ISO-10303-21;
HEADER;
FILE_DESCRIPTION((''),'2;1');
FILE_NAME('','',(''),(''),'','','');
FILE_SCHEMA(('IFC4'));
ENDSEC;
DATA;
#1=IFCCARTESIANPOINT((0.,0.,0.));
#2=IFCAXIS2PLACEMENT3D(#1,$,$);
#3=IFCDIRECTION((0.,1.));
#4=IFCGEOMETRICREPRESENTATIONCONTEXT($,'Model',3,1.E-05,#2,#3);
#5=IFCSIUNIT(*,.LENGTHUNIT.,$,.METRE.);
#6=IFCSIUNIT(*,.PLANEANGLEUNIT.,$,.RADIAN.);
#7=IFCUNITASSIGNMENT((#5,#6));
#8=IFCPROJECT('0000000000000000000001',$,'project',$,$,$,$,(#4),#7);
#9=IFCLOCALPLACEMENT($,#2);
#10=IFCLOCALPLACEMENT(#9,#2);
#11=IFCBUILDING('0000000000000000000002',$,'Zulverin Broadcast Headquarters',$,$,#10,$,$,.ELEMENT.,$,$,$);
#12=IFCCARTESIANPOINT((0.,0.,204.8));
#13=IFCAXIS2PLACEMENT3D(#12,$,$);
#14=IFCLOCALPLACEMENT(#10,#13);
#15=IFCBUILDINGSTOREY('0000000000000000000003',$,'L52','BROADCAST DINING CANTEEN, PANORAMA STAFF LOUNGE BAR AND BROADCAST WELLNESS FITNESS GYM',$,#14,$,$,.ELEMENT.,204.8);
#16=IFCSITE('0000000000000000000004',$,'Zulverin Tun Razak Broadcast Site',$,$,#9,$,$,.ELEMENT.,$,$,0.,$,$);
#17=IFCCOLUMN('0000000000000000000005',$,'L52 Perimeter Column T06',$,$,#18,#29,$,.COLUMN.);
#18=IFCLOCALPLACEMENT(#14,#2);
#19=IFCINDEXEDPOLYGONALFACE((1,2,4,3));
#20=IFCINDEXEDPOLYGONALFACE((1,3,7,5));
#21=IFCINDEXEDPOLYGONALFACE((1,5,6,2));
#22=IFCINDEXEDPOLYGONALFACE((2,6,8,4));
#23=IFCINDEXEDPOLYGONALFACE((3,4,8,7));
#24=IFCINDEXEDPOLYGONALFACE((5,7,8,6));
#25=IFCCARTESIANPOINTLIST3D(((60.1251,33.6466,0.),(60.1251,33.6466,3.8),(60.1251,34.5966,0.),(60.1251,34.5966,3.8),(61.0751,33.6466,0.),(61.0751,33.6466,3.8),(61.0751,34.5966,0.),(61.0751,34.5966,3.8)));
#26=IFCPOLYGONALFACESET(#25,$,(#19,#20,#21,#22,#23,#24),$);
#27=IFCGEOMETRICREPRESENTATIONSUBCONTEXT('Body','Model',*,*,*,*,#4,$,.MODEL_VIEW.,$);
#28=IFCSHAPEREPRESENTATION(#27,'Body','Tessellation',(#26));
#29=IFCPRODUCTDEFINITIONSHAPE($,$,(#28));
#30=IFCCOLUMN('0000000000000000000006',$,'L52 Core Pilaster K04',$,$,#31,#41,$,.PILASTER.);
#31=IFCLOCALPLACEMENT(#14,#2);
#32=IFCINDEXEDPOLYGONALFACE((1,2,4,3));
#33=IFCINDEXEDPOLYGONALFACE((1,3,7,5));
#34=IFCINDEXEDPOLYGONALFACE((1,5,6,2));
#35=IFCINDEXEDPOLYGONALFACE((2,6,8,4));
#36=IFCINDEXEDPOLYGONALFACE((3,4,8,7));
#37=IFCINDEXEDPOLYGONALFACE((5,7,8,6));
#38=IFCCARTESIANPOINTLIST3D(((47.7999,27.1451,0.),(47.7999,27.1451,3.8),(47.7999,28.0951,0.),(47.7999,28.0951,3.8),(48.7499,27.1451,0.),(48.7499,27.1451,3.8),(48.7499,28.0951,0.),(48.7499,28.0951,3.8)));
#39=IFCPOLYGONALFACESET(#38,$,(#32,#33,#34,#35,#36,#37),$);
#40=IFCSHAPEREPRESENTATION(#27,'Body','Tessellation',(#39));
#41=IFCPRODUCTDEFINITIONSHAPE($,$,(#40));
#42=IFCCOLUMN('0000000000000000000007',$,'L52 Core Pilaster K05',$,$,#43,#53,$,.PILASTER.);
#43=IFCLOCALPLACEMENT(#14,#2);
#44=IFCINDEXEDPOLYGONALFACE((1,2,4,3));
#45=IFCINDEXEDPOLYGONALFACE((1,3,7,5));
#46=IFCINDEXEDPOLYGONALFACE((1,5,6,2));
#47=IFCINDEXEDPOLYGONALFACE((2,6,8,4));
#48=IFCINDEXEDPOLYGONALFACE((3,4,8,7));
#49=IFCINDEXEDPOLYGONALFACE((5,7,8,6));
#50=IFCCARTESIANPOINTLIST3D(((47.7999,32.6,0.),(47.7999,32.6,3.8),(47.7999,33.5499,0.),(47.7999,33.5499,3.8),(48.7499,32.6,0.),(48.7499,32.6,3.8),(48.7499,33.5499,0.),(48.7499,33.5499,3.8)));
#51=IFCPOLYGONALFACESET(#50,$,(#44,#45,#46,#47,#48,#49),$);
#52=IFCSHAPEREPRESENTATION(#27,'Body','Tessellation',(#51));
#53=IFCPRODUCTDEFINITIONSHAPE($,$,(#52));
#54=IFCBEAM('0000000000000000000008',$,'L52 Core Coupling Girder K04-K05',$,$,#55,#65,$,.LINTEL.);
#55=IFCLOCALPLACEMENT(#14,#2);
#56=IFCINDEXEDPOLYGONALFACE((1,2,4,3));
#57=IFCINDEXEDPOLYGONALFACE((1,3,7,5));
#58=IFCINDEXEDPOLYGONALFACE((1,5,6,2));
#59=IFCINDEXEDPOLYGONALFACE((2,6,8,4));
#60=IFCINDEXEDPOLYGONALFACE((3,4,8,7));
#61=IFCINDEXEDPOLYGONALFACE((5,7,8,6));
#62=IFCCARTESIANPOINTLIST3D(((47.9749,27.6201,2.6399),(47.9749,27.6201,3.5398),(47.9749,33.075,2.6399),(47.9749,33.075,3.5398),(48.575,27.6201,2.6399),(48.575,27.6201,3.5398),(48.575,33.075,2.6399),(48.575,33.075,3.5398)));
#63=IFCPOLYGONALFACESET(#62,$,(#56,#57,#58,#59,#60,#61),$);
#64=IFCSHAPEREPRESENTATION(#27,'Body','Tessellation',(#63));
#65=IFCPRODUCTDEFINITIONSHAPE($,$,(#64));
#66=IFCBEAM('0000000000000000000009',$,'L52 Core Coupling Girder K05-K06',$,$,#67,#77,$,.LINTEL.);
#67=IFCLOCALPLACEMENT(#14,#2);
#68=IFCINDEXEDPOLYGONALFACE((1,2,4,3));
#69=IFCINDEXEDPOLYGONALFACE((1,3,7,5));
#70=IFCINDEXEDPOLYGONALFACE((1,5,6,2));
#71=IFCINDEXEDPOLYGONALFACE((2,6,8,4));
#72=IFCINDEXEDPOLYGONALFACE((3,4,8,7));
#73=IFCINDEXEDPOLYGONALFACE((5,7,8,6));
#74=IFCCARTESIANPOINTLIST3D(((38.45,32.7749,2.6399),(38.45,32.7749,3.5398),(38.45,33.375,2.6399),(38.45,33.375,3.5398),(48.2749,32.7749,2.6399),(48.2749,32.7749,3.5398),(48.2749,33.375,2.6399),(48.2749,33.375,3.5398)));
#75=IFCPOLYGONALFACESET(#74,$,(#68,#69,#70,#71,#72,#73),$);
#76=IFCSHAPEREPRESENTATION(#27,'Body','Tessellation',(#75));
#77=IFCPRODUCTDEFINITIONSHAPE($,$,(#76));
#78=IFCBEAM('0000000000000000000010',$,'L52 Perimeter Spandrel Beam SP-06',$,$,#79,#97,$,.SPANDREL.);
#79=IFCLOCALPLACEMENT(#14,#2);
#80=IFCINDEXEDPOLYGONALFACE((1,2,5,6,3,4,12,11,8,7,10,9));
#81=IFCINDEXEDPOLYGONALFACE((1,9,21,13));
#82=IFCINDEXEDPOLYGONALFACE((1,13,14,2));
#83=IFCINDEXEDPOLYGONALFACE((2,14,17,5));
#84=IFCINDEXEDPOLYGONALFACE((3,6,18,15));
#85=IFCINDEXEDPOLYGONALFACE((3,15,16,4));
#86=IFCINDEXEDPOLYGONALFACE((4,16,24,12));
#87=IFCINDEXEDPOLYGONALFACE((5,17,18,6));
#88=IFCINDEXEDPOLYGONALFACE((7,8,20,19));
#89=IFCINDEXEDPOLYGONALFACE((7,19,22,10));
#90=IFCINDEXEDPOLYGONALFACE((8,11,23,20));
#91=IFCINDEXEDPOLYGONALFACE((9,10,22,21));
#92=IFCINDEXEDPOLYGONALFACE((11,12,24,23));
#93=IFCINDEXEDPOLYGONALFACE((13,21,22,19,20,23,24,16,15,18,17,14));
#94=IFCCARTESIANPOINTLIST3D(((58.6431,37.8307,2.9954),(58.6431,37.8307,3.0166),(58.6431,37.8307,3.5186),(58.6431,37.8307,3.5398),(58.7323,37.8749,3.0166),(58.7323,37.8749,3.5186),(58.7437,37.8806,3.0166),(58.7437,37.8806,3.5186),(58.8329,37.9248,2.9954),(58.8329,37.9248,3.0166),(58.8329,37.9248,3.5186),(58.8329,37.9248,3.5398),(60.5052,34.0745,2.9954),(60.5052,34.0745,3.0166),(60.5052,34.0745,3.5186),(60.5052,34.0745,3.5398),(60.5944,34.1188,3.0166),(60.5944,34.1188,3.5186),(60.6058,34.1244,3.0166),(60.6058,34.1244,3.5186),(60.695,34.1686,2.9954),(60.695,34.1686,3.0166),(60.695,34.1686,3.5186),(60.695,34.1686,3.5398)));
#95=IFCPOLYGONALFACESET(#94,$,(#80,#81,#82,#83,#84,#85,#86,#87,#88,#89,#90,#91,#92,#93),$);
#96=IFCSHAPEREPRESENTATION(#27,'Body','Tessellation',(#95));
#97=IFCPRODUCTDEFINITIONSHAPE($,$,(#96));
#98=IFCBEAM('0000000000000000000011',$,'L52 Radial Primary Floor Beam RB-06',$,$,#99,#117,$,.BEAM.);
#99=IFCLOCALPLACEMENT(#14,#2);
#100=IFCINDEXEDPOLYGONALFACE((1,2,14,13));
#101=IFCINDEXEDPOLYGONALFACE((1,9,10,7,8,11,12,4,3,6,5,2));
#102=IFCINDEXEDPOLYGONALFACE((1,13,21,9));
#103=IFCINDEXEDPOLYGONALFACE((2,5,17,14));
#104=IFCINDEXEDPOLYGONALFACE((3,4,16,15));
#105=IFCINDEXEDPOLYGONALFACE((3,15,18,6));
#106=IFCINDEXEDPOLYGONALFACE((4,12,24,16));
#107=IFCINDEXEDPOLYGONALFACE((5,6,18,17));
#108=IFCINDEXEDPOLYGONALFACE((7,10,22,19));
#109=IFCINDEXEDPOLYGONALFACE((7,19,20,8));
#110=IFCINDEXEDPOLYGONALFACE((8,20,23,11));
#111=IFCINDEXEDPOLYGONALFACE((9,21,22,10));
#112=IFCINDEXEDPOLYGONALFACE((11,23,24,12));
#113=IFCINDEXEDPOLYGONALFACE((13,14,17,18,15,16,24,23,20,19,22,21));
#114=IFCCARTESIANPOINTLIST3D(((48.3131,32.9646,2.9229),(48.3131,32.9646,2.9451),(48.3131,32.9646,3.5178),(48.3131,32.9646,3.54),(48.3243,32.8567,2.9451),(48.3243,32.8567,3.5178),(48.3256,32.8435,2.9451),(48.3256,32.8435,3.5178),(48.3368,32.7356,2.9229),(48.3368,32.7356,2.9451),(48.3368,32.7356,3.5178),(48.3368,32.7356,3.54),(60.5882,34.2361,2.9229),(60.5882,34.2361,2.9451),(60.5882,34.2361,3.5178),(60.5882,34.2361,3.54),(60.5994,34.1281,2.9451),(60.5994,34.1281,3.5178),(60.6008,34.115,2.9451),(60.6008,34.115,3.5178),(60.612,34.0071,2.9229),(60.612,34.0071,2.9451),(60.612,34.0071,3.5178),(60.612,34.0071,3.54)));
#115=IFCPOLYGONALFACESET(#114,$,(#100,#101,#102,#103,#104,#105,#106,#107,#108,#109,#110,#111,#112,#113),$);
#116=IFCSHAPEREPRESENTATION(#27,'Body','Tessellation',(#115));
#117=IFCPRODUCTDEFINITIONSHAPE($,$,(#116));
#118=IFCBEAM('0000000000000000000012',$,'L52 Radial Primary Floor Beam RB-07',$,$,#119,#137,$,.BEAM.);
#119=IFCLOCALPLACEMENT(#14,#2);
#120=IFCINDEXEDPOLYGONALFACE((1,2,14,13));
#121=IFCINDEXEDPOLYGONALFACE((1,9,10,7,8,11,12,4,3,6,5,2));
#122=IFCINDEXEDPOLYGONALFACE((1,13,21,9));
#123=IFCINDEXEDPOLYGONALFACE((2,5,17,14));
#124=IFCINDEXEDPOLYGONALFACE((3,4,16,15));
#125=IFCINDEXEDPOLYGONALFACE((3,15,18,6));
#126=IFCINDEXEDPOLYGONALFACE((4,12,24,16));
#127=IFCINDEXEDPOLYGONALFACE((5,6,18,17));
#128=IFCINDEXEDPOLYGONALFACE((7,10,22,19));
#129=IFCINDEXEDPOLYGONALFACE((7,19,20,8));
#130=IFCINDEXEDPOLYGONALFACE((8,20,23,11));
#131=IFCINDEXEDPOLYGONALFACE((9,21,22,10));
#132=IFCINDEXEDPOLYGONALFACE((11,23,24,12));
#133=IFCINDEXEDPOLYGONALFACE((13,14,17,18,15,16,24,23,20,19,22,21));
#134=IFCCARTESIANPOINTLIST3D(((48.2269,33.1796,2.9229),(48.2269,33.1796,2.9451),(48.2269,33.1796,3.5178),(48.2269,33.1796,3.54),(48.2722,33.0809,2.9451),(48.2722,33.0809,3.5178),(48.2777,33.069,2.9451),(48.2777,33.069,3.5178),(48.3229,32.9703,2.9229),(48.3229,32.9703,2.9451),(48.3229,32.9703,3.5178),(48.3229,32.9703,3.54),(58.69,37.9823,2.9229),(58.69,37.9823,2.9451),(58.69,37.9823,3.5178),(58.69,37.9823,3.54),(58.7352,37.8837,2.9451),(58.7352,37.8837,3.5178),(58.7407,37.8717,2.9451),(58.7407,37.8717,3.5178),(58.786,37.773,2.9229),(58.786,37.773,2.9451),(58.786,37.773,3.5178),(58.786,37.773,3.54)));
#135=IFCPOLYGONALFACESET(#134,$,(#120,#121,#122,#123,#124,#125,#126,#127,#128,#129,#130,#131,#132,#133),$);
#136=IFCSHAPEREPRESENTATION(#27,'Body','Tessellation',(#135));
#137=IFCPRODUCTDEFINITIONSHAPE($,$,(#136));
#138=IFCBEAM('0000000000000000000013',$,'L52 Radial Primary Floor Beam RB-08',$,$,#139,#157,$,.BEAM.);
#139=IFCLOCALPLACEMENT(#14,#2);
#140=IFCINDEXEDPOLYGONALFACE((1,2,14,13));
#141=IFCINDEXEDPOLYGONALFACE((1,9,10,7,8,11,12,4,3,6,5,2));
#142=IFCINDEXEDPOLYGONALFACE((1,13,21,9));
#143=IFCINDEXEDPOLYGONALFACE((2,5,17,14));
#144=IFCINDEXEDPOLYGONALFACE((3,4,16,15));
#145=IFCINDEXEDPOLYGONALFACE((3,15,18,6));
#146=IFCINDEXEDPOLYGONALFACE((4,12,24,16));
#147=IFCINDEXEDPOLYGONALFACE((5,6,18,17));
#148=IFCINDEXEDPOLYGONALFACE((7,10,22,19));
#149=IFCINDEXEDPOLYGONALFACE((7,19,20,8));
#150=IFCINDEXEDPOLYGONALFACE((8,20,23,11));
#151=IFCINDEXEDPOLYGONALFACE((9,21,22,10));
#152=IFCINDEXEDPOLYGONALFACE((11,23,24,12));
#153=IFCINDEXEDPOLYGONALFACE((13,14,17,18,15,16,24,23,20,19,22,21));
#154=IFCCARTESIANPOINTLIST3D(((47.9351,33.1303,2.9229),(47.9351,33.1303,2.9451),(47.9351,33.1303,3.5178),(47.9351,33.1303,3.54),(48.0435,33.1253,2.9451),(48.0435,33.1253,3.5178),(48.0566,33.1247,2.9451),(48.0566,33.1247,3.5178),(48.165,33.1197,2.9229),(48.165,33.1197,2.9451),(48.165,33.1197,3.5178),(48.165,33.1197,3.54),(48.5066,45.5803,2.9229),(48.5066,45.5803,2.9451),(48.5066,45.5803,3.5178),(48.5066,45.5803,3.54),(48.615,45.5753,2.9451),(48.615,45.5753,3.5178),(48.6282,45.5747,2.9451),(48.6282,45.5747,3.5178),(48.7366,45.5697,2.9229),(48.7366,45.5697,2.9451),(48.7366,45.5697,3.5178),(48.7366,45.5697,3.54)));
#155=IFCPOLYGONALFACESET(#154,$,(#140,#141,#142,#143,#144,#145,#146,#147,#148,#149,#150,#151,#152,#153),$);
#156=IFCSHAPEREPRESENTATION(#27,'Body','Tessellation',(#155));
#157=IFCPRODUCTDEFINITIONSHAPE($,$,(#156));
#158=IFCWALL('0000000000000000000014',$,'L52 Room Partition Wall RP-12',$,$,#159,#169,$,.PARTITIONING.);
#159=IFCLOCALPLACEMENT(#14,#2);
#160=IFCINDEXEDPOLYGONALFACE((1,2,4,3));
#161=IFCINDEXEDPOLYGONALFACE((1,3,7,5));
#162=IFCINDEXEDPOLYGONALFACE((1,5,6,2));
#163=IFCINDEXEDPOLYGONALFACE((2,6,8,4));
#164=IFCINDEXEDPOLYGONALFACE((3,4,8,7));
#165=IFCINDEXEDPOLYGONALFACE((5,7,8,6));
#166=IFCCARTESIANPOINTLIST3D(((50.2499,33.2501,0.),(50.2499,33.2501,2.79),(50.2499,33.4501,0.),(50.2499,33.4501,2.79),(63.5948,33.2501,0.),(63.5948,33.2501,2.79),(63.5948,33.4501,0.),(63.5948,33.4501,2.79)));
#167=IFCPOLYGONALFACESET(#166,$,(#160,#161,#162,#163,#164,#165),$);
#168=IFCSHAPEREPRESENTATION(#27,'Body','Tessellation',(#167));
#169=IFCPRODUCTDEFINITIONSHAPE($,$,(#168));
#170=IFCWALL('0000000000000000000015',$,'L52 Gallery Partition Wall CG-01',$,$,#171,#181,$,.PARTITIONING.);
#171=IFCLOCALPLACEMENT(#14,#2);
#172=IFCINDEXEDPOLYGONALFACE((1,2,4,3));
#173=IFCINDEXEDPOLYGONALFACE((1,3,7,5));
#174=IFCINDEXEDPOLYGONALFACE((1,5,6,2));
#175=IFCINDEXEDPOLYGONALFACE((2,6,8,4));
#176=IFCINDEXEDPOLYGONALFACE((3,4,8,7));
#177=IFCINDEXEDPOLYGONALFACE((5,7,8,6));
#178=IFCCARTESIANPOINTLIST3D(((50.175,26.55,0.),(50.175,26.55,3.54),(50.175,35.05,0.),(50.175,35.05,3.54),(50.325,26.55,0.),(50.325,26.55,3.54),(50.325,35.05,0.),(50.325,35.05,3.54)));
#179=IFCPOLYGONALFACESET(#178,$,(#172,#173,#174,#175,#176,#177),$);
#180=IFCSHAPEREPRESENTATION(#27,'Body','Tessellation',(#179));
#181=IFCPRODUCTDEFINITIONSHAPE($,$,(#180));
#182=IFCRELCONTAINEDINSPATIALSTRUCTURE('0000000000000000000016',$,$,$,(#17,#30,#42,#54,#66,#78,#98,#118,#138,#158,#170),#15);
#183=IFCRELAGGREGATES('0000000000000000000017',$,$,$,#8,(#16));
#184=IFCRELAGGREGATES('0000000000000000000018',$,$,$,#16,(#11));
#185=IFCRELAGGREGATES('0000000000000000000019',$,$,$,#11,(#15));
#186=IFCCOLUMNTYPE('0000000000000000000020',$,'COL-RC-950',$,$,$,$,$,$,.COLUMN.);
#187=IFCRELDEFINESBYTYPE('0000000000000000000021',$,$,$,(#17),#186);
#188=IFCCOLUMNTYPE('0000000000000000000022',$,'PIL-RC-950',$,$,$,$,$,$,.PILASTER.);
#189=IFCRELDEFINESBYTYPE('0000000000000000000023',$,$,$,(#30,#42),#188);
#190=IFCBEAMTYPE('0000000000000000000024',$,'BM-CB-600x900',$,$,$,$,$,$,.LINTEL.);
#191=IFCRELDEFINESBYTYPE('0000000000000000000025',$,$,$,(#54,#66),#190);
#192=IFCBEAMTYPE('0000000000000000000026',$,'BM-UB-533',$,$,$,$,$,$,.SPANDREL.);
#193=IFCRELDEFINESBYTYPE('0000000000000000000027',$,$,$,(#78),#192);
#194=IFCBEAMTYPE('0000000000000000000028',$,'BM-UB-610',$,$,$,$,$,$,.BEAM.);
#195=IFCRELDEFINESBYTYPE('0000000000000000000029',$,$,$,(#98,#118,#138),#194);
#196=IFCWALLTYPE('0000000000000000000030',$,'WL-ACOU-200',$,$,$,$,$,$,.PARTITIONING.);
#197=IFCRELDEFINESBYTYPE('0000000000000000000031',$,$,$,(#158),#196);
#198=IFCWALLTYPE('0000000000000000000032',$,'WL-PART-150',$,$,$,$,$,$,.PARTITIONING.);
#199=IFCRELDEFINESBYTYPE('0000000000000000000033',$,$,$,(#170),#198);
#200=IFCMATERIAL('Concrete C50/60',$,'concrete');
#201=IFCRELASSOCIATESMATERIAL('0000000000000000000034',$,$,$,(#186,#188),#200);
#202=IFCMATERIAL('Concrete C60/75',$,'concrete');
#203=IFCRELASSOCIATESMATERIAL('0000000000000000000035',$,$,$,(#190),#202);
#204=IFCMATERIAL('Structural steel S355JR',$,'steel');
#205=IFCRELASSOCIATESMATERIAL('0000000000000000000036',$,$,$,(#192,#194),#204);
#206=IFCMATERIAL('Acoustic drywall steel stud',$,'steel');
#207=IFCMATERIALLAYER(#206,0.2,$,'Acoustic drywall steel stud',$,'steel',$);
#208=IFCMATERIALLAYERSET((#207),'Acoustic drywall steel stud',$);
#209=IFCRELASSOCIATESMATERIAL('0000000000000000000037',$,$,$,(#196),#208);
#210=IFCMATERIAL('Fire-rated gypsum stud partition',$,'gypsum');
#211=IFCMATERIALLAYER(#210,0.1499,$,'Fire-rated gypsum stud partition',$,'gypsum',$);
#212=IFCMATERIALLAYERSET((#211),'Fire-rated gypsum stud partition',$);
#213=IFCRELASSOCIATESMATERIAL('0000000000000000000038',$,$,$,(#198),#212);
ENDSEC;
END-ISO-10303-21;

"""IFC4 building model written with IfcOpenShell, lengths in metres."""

from ifc_helpers import new_model, si_unit, direction, frame, frame_2d, origin, origin_2d, place, context, subcontext, project, spatial, rectangle, i_section, extrude, material, layer, layer_set, material_profile, profile_set, type_object, element, save


model = new_model("IFC4")

# Units and contexts
model_context = context("Model", 3, precision=1e-05, world=origin(), true_north=direction((0.0, 1.0)))
body_context = subcontext(model_context, "Body", "Model", "MODEL_VIEW")
ifc_project = project(units=[si_unit("LENGTHUNIT", "METRE"), si_unit("PLANEANGLEUNIT", "RADIAN")], contexts=[model_context])

# Site, building, storey
site_placement = place(None, origin())
site = spatial("IfcSite", under=ifc_project, at=site_placement, Name="Zulverin Tun Razak Broadcast Site", CompositionType="ELEMENT", RefElevation=0.0)
building_placement = place(site_placement, origin())
building = spatial("IfcBuilding", under=site, at=building_placement, Name="Zulverin Broadcast Headquarters", CompositionType="ELEMENT")
storey_placement = place(building_placement, frame((0.0, 0.0, 204.8)))
storey = spatial("IfcBuildingStorey", under=building, at=storey_placement, Name="L52", Description="BROADCAST DINING CANTEEN, PANORAMA STAFF LOUNGE BAR AND BROADCAST WELLNESS FITNESS GYM", CompositionType="ELEMENT", Elevation=204.8)

# Columns
ifc_material_1 = material(Name="Concrete C50/60", Category="concrete")
ifc_material_profile_1 = material_profile(ifc_material_1, rectangle(XDim=0.95, YDim=0.95, at=origin_2d()), Name="Concrete C50/60", Category="concrete")
ifc_profile_set_1 = profile_set([ifc_material_profile_1], Name="Concrete C50/60")
column_type_1 = type_object("IfcColumnType", Name="COL-RC-950", PredefinedType="COLUMN", material=ifc_profile_set_1)
column_placement = place(storey_placement, frame((60.6001, 34.1216, 0.0), z_axis=(0.0, 0.0, 1.0), x_axis=(1.0, 0.0, 0.0)))
element("IfcColumn", 1, at=column_placement, inside=storey, type_object=column_type_1, Name="L52 Perimeter Column T06", PredefinedType="COLUMN", context=body_context, shape_type="SweptSolid", body=[
    extrude(rectangle(XDim=0.95, YDim=0.95, at=origin_2d()), origin(), (0.0, 0.0, 1.0), 3.8),
])
ifc_material_profile_2 = material_profile(ifc_material_1, rectangle(XDim=0.95, YDim=0.95, at=origin_2d()), Name="Concrete C50/60", Category="concrete")
ifc_profile_set_2 = profile_set([ifc_material_profile_2], Name="Concrete C50/60")
column_type_2 = type_object("IfcColumnType", Name="PIL-RC-950", PredefinedType="PILASTER", material=ifc_profile_set_2)
for number, where, z_axis, x_axis, name in (
    (2, (48.2749, 27.6201, 0.0), (0.0, 0.0, 1.0), (1.0, 0.0, 0.0), "L52 Core Pilaster K04"),
    (3, (48.2749, 33.075, 0.0), (0.0, 0.0, 1.0), (1.0, 0.0, 0.0), "L52 Core Pilaster K05"),
):
    element("IfcColumn", number, at=place(storey_placement, frame(where, z_axis=z_axis, x_axis=x_axis)), inside=storey, type_object=column_type_2, Name=name, PredefinedType="PILASTER", context=body_context, shape_type="SweptSolid", body=[
        extrude(rectangle(XDim=0.95, YDim=0.95, at=origin_2d()), origin(), (0.0, 0.0, 1.0), 3.8),
    ])

# Beams
ifc_material_2 = material(Name="Concrete C60/75", Category="concrete")
ifc_material_profile_3 = material_profile(ifc_material_2, rectangle(XDim=0.6001, YDim=0.8999, at=origin_2d()), Name="Concrete C60/75", Category="concrete")
ifc_profile_set_3 = profile_set([ifc_material_profile_3], Name="Concrete C60/75")
beam_type_1 = type_object("IfcBeamType", Name="BM-CB-600x900", PredefinedType="LINTEL", material=ifc_profile_set_3)
beam_1_placement = place(storey_placement, frame((48.2749, 27.6201, 3.0898), z_axis=(0.0, 1.0, 0.0), x_axis=(-1.0, 0.0, 0.0)))
element("IfcBeam", 4, at=beam_1_placement, inside=storey, type_object=beam_type_1, Name="L52 Core Coupling Girder K04-K05", PredefinedType="LINTEL", context=body_context, shape_type="SweptSolid", body=[
    extrude(rectangle(XDim=0.6001, YDim=0.8999, at=origin_2d()), origin(), (0.0, 0.0, 1.0), 5.4548),
])
beam_2_placement = place(storey_placement, frame((48.2749, 33.075, 3.0898), z_axis=(-1.0, 0.0, 0.0), x_axis=(0.0, -1.0, 0.0)))
element("IfcBeam", 5, at=beam_2_placement, inside=storey, type_object=beam_type_1, Name="L52 Core Coupling Girder K05-K06", PredefinedType="LINTEL", context=body_context, shape_type="SweptSolid", body=[
    extrude(rectangle(XDim=0.6001, YDim=0.8999, at=origin_2d()), origin(), (0.0, 0.0, 1.0), 9.825),
])
ifc_material_3 = material(Name="Structural steel S355JR", Category="steel")
ifc_material_profile_4 = material_profile(ifc_material_3, i_section(OverallWidth=0.2119, OverallDepth=0.5444, WebThickness=0.0127, FlangeThickness=0.0212, at=origin_2d()), Name="Structural steel S355JR", Category="steel")
ifc_profile_set_4 = profile_set([ifc_material_profile_4], Name="Structural steel S355JR")
beam_type_2 = type_object("IfcBeamType", Name="BM-UB-533", PredefinedType="SPANDREL", material=ifc_profile_set_4)
beam_3_placement = place(storey_placement, frame((60.6001, 34.1216, 3.2676), z_axis=(-0.444159, 0.895948, 0.0), x_axis=(-0.895948, -0.444159, 0.0)))
element("IfcBeam", 6, at=beam_3_placement, inside=storey, type_object=beam_type_2, Name="L52 Perimeter Spandrel Beam SP-06", PredefinedType="SPANDREL", context=body_context, shape_type="SweptSolid", body=[
    extrude(i_section(OverallWidth=0.2119, OverallDepth=0.5444, WebThickness=0.0127, FlangeThickness=0.0212, at=origin_2d()), origin(), (0.0, 0.0, 1.0), 4.1924),
])
ifc_material_profile_5 = material_profile(ifc_material_3, i_section(OverallWidth=0.2302, OverallDepth=0.6172, WebThickness=0.0132, FlangeThickness=0.0222, at=origin_2d()), Name="Structural steel S355JR", Category="steel")
ifc_profile_set_5 = profile_set([ifc_material_profile_5], Name="Structural steel S355JR")
beam_type_3 = type_object("IfcBeamType", Name="BM-UB-610", PredefinedType="BEAM", material=ifc_profile_set_5)
beam_4_placement = place(storey_placement, frame((48.325, 32.8501, 3.2314), z_axis=(0.994678, 0.103031, 0.0), x_axis=(-0.103031, 0.994678, 0.0)))
element("IfcBeam", 7, at=beam_4_placement, inside=storey, type_object=beam_type_3, Name="L52 Radial Primary Floor Beam RB-06", PredefinedType="BEAM", context=body_context, shape_type="SweptSolid", body=[
    extrude(i_section(OverallWidth=0.2302, OverallDepth=0.6172, WebThickness=0.0132, FlangeThickness=0.0222, at=origin_2d()), origin(), (0.0, 0.0, 1.0), 12.3408),
])
beam_5_placement = place(storey_placement, frame((48.2749, 33.075, 3.2314), z_axis=(0.90883, 0.417167, 0.0), x_axis=(-0.417167, 0.90883, 0.0)))
element("IfcBeam", 8, at=beam_5_placement, inside=storey, type_object=beam_type_3, Name="L52 Radial Primary Floor Beam RB-07", PredefinedType="BEAM", context=body_context, shape_type="SweptSolid", body=[
    extrude(i_section(OverallWidth=0.2302, OverallDepth=0.6172, WebThickness=0.0132, FlangeThickness=0.0222, at=origin_2d()), origin(), (0.0, 0.0, 1.0), 11.5127),
])
beam_6_placement = place(storey_placement, frame((48.05, 33.125, 3.2314), z_axis=(0.045858, 0.998948, 0.0), x_axis=(-0.998948, 0.045858, 0.0)))
element("IfcBeam", 9, at=beam_6_placement, inside=storey, type_object=beam_type_3, Name="L52 Radial Primary Floor Beam RB-08", PredefinedType="BEAM", context=body_context, shape_type="SweptSolid", body=[
    extrude(i_section(OverallWidth=0.2302, OverallDepth=0.6172, WebThickness=0.0132, FlangeThickness=0.0222, at=origin_2d()), origin(), (0.0, 0.0, 1.0), 12.4631),
])

# Walls
ifc_material_4 = material(Name="Acoustic drywall steel stud", Category="steel")
ifc_layer_1 = layer(ifc_material_4, 0.2, Name="Acoustic drywall steel stud", Category="steel")
ifc_layer_set_1 = layer_set([ifc_layer_1], Name="Acoustic drywall steel stud")
wall_type_1 = type_object("IfcWallType", Name="WL-ACOU-200", PredefinedType="PARTITIONING", material=ifc_layer_set_1)
wall_1_placement = place(storey_placement, frame((50.25, 33.3501, 0.0), z_axis=(0.0, 0.0, 1.0), x_axis=(1.0, 0.0, 0.0)))
element("IfcWall", 10, at=wall_1_placement, inside=storey, type_object=wall_type_1, Name="L52 Room Partition Wall RP-12", PredefinedType="PARTITIONING", context=body_context, shape_type="SweptSolid", body=[
    extrude(rectangle(XDim=13.345, YDim=0.2, at=frame_2d((6.6724, 0.0))), origin(), (0.0, 0.0, 1.0), 2.79),
])
ifc_material_5 = material(Name="Fire-rated gypsum stud partition", Category="gypsum")
ifc_layer_2 = layer(ifc_material_5, 0.1499, Name="Fire-rated gypsum stud partition", Category="gypsum")
ifc_layer_set_2 = layer_set([ifc_layer_2], Name="Fire-rated gypsum stud partition")
wall_type_2 = type_object("IfcWallType", Name="WL-PART-150", PredefinedType="PARTITIONING", material=ifc_layer_set_2)
wall_2_placement = place(storey_placement, frame((50.25, 26.55, 0.0), z_axis=(0.0, 0.0, 1.0), x_axis=(0.0, 1.0, 0.0)))
element("IfcWall", 11, at=wall_2_placement, inside=storey, type_object=wall_type_2, Name="L52 Gallery Partition Wall CG-01", PredefinedType="PARTITIONING", context=body_context, shape_type="SweptSolid", body=[
    extrude(rectangle(XDim=8.5, YDim=0.1499, at=frame_2d((4.25, 0.0))), origin(), (0.0, 0.0, 1.0), 3.54),
])

save(model, "model.ifc")
